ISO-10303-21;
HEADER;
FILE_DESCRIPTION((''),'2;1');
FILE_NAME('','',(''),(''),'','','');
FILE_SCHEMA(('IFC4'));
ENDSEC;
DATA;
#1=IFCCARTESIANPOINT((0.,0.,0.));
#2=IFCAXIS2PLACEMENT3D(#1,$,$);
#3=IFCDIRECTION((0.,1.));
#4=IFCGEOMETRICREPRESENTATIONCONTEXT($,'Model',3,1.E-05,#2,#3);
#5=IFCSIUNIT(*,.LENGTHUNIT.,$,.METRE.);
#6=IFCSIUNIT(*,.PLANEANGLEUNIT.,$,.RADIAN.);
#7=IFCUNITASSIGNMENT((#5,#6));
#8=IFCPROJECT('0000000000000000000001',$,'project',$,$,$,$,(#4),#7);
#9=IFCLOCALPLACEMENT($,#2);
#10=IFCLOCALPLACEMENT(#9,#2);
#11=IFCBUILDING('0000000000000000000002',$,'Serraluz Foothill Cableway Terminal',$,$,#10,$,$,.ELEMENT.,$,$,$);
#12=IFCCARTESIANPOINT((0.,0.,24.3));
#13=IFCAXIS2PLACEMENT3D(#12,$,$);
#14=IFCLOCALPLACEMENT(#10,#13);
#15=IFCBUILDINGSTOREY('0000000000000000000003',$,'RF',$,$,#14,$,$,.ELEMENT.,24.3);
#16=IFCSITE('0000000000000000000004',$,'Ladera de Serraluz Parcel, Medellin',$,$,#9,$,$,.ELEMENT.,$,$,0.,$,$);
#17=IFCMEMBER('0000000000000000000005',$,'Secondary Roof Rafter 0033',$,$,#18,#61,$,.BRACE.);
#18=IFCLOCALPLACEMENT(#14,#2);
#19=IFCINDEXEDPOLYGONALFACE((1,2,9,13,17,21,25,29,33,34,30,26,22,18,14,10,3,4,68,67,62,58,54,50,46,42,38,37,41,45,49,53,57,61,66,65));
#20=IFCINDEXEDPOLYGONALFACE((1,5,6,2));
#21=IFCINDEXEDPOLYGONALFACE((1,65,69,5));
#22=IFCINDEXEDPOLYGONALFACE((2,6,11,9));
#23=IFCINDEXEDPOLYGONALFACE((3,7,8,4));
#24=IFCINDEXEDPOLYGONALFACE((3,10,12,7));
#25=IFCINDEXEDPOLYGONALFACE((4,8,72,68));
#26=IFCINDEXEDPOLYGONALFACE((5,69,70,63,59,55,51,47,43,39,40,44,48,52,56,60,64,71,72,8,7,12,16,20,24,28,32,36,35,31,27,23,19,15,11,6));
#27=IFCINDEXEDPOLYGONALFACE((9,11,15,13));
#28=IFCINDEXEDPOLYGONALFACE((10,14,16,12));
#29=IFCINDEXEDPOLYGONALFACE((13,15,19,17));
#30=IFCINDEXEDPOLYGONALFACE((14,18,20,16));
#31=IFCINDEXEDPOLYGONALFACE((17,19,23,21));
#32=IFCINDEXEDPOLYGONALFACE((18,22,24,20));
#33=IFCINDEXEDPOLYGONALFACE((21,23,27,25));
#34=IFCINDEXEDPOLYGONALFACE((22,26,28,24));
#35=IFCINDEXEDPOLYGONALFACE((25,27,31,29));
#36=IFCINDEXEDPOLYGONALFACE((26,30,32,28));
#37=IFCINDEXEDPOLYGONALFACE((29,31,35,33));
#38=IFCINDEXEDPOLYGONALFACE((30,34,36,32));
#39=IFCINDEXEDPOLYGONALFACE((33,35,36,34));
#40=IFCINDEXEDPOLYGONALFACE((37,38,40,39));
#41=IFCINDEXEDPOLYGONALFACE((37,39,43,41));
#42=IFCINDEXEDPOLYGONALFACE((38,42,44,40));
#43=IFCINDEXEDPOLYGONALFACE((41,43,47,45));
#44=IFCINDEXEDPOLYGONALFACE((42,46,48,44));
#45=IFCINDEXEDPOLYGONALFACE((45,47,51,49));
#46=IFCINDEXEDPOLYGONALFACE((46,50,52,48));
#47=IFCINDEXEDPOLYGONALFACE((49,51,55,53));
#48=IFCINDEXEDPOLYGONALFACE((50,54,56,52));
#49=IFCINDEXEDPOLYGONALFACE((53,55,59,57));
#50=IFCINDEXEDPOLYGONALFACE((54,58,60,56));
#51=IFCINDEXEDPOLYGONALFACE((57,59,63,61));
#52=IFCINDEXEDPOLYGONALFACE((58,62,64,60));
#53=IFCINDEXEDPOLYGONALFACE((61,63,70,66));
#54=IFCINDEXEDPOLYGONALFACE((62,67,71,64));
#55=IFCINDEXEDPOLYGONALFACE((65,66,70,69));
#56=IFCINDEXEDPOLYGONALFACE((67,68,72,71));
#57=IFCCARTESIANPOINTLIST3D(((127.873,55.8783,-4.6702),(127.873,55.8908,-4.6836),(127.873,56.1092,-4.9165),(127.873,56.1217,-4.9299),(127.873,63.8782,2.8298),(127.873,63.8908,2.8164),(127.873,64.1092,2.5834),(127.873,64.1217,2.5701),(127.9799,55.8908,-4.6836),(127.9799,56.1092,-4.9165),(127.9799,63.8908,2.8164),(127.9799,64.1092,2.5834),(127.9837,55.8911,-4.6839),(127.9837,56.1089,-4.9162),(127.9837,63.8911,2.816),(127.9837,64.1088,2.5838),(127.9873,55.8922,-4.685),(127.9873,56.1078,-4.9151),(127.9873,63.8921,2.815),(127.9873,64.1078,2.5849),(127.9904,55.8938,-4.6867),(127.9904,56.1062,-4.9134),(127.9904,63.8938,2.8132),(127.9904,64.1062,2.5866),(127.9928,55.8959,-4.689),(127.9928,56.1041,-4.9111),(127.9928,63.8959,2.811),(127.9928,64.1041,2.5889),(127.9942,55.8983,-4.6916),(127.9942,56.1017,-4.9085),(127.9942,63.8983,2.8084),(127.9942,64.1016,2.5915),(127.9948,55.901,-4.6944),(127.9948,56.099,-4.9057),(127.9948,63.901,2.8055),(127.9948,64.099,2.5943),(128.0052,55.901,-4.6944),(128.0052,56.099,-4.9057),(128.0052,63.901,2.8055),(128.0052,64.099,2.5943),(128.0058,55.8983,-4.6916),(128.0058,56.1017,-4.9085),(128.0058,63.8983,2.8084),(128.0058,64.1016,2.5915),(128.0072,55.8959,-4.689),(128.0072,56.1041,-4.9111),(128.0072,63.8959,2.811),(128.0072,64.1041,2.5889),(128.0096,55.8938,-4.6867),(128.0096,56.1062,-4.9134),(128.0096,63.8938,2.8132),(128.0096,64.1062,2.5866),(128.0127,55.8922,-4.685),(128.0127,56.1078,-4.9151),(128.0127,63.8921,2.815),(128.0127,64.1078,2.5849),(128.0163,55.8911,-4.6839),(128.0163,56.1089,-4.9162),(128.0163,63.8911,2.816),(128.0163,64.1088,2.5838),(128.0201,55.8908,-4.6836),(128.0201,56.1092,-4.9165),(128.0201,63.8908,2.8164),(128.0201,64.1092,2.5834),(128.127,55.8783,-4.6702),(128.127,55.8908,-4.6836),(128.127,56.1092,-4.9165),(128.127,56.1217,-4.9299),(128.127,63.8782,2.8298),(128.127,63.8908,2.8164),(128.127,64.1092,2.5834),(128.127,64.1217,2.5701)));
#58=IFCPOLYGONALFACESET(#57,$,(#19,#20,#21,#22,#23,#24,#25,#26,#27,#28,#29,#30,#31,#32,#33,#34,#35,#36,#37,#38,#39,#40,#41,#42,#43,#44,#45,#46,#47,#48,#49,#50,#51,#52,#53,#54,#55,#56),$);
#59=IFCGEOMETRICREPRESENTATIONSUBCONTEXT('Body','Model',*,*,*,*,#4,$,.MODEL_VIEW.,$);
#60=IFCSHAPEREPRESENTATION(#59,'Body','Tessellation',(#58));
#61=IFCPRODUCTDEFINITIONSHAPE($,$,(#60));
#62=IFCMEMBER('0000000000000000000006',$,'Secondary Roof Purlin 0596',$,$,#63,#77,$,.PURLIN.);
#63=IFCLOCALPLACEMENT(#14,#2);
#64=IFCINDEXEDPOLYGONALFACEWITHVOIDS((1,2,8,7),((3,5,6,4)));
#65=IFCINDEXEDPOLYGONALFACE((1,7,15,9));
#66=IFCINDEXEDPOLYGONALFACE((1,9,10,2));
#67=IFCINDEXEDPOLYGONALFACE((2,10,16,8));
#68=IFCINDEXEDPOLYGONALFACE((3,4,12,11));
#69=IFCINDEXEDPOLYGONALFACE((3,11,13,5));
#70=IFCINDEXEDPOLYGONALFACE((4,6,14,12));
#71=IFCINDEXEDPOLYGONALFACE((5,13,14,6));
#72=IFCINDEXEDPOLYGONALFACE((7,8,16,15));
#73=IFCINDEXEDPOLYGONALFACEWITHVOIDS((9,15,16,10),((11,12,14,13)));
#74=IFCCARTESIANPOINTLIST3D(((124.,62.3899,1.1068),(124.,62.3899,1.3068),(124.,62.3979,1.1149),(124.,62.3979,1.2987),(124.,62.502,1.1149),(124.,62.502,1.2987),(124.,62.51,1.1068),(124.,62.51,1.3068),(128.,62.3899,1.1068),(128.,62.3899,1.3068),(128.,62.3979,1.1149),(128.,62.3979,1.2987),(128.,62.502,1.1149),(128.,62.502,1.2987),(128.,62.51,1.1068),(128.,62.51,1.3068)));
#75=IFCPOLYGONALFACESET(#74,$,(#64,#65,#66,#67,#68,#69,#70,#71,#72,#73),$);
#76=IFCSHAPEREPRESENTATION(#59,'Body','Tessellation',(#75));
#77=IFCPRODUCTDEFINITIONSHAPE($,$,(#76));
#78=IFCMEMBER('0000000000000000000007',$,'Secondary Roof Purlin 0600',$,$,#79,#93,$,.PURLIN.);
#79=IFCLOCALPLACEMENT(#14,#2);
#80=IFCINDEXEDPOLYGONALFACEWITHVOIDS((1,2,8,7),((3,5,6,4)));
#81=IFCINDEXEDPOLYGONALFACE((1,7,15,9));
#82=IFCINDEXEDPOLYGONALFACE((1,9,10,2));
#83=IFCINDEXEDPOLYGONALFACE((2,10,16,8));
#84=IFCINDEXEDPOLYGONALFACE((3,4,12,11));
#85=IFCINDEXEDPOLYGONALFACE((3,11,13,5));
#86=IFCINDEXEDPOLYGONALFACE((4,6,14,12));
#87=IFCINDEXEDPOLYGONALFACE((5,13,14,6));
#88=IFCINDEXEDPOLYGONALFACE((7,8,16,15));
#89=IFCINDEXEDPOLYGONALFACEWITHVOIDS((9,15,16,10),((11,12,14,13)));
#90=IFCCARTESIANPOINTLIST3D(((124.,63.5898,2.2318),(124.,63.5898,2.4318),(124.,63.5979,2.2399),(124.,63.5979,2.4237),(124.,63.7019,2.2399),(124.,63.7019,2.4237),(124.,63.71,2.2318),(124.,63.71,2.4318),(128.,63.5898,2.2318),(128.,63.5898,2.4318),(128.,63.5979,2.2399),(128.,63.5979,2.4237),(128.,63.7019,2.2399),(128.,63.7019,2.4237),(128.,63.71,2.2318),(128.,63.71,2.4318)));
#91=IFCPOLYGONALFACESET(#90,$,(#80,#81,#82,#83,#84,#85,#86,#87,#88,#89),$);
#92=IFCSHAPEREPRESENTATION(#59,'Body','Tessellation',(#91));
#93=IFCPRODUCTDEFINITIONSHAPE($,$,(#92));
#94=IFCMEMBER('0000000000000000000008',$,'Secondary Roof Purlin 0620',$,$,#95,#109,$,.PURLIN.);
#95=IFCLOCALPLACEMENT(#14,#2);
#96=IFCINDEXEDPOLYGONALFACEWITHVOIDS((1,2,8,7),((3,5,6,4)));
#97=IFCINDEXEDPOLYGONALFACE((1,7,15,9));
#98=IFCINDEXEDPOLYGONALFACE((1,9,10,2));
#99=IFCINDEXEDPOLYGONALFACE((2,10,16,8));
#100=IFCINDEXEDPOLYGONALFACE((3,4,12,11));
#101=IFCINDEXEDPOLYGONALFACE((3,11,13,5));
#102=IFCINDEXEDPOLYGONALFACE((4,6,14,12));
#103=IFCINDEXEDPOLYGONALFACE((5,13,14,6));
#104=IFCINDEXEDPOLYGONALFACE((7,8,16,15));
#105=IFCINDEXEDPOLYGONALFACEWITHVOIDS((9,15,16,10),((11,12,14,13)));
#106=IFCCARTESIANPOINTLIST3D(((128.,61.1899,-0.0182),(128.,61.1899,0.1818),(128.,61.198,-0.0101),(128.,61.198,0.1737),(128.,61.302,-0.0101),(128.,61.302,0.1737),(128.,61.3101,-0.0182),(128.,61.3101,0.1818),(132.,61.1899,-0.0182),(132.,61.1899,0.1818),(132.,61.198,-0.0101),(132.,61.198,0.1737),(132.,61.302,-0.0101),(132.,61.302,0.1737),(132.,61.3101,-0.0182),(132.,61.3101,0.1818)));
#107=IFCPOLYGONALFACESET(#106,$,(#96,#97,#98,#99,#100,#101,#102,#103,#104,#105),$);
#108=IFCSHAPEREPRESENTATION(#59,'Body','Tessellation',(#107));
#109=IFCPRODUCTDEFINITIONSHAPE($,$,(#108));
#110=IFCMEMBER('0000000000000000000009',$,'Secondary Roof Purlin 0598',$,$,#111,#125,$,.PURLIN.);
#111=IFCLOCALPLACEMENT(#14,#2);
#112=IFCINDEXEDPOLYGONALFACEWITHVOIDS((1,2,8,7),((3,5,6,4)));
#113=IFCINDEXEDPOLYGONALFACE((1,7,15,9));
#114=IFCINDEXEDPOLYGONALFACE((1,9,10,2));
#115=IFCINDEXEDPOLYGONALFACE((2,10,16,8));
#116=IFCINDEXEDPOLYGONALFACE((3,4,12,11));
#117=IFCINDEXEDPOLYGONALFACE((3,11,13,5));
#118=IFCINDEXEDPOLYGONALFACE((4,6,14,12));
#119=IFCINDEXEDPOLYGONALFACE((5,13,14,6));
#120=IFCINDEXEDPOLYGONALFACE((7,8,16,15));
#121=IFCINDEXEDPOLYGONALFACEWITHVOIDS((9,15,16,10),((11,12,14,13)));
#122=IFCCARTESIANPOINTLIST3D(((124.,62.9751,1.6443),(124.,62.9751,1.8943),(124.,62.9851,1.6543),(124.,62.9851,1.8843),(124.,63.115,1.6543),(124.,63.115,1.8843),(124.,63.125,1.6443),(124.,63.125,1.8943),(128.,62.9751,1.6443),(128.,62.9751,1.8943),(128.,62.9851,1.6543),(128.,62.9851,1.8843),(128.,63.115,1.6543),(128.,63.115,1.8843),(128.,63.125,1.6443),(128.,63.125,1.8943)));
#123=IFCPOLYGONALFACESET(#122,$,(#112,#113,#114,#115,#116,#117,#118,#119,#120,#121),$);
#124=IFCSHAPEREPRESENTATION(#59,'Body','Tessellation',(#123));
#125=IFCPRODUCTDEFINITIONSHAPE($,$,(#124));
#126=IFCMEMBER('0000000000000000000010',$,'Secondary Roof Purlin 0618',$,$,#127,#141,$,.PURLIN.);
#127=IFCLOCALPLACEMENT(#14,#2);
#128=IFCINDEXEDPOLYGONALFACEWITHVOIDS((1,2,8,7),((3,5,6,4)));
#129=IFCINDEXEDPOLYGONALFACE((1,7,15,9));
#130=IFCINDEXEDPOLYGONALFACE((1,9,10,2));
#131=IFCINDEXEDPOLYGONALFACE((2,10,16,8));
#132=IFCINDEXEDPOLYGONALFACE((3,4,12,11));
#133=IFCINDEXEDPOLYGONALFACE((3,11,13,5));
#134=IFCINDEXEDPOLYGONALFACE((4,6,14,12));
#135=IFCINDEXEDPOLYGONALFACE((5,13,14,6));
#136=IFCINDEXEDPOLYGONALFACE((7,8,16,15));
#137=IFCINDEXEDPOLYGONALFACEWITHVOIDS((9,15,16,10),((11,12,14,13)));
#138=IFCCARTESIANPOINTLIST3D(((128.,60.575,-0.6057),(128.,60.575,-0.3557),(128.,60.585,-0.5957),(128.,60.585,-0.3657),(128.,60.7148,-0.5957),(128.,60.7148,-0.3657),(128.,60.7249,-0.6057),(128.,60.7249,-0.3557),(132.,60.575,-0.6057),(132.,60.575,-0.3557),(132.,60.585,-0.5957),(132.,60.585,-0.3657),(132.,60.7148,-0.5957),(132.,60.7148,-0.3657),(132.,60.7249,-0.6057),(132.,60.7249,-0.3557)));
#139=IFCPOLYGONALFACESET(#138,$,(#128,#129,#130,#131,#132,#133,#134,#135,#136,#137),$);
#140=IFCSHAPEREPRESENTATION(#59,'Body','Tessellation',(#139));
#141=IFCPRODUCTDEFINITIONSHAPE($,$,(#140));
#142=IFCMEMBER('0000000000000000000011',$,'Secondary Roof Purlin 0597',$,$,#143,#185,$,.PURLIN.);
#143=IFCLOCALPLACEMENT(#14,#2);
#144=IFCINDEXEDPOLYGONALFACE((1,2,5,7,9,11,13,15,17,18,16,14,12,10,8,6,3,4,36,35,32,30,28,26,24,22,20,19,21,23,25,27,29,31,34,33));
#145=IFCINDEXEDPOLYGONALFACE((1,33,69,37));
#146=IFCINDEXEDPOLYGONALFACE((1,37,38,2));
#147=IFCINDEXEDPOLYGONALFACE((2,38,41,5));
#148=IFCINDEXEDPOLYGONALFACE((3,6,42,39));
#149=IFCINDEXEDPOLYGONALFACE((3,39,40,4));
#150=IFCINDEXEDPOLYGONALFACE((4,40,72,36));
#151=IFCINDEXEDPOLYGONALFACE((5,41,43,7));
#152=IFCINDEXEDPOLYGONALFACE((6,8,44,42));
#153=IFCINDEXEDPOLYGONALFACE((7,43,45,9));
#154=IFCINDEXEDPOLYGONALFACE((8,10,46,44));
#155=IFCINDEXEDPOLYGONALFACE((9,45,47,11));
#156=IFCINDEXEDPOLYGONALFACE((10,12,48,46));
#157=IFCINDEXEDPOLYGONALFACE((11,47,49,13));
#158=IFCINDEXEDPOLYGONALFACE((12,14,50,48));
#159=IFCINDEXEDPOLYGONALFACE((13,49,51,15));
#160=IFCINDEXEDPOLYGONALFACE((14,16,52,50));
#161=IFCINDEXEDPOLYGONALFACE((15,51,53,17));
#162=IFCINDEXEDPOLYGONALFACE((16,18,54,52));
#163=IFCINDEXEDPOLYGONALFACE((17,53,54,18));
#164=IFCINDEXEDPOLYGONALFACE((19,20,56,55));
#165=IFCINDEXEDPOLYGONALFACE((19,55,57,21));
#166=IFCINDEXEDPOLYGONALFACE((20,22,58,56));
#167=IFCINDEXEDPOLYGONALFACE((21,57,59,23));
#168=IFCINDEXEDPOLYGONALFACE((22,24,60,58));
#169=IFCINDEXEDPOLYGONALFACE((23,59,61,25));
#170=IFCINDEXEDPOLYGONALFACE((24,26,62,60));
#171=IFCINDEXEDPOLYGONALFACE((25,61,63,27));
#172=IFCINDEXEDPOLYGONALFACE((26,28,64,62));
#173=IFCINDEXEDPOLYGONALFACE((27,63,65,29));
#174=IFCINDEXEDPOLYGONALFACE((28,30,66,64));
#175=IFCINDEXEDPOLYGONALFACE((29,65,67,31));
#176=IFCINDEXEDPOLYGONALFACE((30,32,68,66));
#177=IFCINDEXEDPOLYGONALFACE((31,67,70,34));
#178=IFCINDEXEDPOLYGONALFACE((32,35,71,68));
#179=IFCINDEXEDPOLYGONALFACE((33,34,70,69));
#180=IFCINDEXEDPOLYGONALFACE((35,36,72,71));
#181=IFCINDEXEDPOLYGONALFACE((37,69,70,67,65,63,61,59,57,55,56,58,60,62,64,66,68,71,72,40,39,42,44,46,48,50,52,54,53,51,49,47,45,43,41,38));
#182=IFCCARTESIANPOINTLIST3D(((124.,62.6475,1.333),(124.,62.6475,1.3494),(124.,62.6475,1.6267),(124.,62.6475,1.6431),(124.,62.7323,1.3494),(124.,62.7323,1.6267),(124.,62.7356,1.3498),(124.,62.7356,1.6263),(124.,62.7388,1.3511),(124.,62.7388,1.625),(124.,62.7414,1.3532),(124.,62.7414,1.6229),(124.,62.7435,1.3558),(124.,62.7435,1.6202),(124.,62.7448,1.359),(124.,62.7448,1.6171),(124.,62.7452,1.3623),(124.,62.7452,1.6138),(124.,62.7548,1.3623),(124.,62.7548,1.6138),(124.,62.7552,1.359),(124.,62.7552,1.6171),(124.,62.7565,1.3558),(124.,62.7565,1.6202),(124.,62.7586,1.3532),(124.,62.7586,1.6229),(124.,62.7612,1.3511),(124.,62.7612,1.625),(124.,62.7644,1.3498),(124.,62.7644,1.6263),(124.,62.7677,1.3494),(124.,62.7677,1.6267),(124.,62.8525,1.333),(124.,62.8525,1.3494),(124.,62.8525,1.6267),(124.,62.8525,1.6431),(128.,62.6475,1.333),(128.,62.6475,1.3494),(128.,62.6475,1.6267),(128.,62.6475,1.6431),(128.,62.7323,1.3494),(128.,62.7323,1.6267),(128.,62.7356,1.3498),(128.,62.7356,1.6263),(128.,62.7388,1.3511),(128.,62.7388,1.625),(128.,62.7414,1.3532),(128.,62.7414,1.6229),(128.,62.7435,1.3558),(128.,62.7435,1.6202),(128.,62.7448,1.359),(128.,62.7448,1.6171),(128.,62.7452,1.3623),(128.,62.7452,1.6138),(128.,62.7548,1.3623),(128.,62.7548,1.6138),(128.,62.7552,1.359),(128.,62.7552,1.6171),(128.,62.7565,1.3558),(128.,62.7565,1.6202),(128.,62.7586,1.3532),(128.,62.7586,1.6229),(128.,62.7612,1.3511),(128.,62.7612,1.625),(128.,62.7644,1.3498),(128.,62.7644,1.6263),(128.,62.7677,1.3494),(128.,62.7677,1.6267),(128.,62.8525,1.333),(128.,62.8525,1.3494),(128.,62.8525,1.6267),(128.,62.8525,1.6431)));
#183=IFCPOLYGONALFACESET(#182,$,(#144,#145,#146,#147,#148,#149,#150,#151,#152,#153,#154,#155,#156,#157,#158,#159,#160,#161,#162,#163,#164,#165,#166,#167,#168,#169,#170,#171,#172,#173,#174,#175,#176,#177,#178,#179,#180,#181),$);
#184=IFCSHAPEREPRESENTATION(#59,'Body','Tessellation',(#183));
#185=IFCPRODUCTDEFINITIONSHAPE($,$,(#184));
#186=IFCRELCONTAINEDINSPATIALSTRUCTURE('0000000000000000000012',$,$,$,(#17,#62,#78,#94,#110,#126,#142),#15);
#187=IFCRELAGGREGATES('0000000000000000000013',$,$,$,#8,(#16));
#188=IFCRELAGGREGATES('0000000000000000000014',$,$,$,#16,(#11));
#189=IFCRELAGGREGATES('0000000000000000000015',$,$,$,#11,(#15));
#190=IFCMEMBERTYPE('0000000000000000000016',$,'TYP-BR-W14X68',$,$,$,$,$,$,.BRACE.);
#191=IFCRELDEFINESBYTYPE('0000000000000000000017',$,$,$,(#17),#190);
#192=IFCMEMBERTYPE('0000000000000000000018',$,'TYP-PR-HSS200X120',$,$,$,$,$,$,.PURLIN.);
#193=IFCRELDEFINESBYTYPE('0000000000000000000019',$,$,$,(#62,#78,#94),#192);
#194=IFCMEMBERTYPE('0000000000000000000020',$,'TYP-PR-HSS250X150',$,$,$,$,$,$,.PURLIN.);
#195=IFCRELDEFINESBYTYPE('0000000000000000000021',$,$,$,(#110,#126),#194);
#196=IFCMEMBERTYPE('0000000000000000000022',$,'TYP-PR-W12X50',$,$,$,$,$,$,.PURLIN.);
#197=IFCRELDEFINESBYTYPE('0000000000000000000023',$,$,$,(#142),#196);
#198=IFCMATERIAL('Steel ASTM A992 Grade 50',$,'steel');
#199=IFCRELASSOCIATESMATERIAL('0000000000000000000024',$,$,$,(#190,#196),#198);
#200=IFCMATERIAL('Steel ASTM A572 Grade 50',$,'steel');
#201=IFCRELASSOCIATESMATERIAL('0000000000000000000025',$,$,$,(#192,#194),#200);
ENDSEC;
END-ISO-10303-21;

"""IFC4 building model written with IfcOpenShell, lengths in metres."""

from ifc_helpers import new_model, si_unit, direction, frame, origin, origin_2d, place, context, subcontext, project, spatial, hollow_rectangle, i_section, extrude, material, material_profile, profile_set, type_object, element, save


model = new_model("IFC4")

# Units and contexts
model_context = context("Model", 3, precision=1e-05, world=origin(), true_north=direction((0.0, 1.0)))
body_context = subcontext(model_context, "Body", "Model", "MODEL_VIEW")
ifc_project = project(units=[si_unit("LENGTHUNIT", "METRE"), si_unit("PLANEANGLEUNIT", "RADIAN")], contexts=[model_context])

# Site, building, storey
site_placement = place(None, origin())
site = spatial("IfcSite", under=ifc_project, at=site_placement, Name="Ladera de Serraluz Parcel, Medellin", CompositionType="ELEMENT", RefElevation=0.0)
building_placement = place(site_placement, origin())
building = spatial("IfcBuilding", under=site, at=building_placement, Name="Serraluz Foothill Cableway Terminal", CompositionType="ELEMENT")
storey_placement = place(building_placement, frame((0.0, 0.0, 24.3)))
storey = spatial("IfcBuildingStorey", under=building, at=storey_placement, Name="RF", CompositionType="ELEMENT", Elevation=24.3)

# Members
ifc_material_1 = material(Name="Steel ASTM A572 Grade 50", Category="steel")
ifc_material_2 = material(Name="Steel ASTM A992 Grade 50", Category="steel")
ifc_material_profile_1 = material_profile(ifc_material_2, i_section(OverallWidth=0.2539, OverallDepth=0.356, WebThickness=0.0105, FlangeThickness=0.0183, FilletRadius=0.0149, at=origin_2d()), Name="W14X68")
ifc_profile_set_1 = profile_set([ifc_material_profile_1], Name="Steel ASTM A992 Grade 50")
member_type_1 = type_object("IfcMemberType", Name="TYP-BR-W14X68", PredefinedType="BRACE", material=ifc_profile_set_1)
member_placement = place(storey_placement, frame((128.0, 56.0, -4.8), z_axis=(0.0, 0.729537, 0.683941), x_axis=(-1.0, 0.0, 0.0)))
element("IfcMember", 1, at=member_placement, inside=storey, type_object=member_type_1, Name="Secondary Roof Rafter 0033", PredefinedType="BRACE", context=body_context, shape_type="SweptSolid", body=[
    extrude(i_section(OverallWidth=0.2539, OverallDepth=0.356, WebThickness=0.0105, FlangeThickness=0.0183, FilletRadius=0.0149, at=origin_2d()), origin(), (0.0, 0.0, 1.0), 10.9658),
])
ifc_material_profile_2 = material_profile(ifc_material_1, hollow_rectangle(XDim=0.1201, YDim=0.2, WallThickness=0.0081, at=origin_2d()), Name="HSS200X120X8")
ifc_profile_set_2 = profile_set([ifc_material_profile_2], Name="Steel ASTM A572 Grade 50")
member_type_2 = type_object("IfcMemberType", Name="TYP-PR-HSS200X120", PredefinedType="PURLIN", material=ifc_profile_set_2)
for number, where, z_axis, x_axis, name in (
    (2, (124.0, 62.45, 1.2068), (1.0, 0.0, 0.0), (0.0, 1.0, 0.0), "Secondary Roof Purlin 0596"),
    (3, (124.0, 63.6499, 2.3318), (1.0, 0.0, 0.0), (0.0, 1.0, 0.0), "Secondary Roof Purlin 0600"),
    (4, (128.0, 61.25, 0.0818), (1.0, 0.0, 0.0), (0.0, 1.0, 0.0), "Secondary Roof Purlin 0620"),
):
    element("IfcMember", number, at=place(storey_placement, frame(where, z_axis=z_axis, x_axis=x_axis)), inside=storey, type_object=member_type_2, Name=name, PredefinedType="PURLIN", context=body_context, shape_type="SweptSolid", body=[
        extrude(hollow_rectangle(XDim=0.1201, YDim=0.2, WallThickness=0.0081, at=origin_2d()), origin(), (0.0, 0.0, 1.0), 4.0),
    ])
ifc_material_profile_3 = material_profile(ifc_material_1, hollow_rectangle(XDim=0.1499, YDim=0.25, WallThickness=0.01, at=origin_2d()), Name="HSS250X150X10")
ifc_profile_set_3 = profile_set([ifc_material_profile_3], Name="Steel ASTM A572 Grade 50")
member_type_3 = type_object("IfcMemberType", Name="TYP-PR-HSS250X150", PredefinedType="PURLIN", material=ifc_profile_set_3)
for number, where, z_axis, x_axis, name in (
    (5, (124.0, 63.05, 1.7693), (1.0, 0.0, 0.0), (0.0, 1.0, 0.0), "Secondary Roof Purlin 0598"),
    (6, (128.0, 60.6499, -0.4807), (1.0, 0.0, 0.0), (0.0, 1.0, 0.0), "Secondary Roof Purlin 0618"),
):
    element("IfcMember", number, at=place(storey_placement, frame(where, z_axis=z_axis, x_axis=x_axis)), inside=storey, type_object=member_type_3, Name=name, PredefinedType="PURLIN", context=body_context, shape_type="SweptSolid", body=[
        extrude(hollow_rectangle(XDim=0.1499, YDim=0.25, WallThickness=0.01, at=origin_2d()), origin(), (0.0, 0.0, 1.0), 4.0),
    ])
ifc_material_profile_4 = material_profile(ifc_material_2, i_section(OverallWidth=0.2051, OverallDepth=0.3101, WebThickness=0.0095, FlangeThickness=0.0164, FilletRadius=0.0129, at=origin_2d()), Name="W12X50")
ifc_profile_set_4 = profile_set([ifc_material_profile_4], Name="Steel ASTM A992 Grade 50")
member_type_4 = type_object("IfcMemberType", Name="TYP-PR-W12X50", PredefinedType="PURLIN", material=ifc_profile_set_4)
for number, where, z_axis, x_axis, name in (
    (7, (124.0, 62.75, 1.488), (1.0, 0.0, 0.0), (0.0, 1.0, 0.0), "Secondary Roof Purlin 0597"),
):
    element("IfcMember", number, at=place(storey_placement, frame(where, z_axis=z_axis, x_axis=x_axis)), inside=storey, type_object=member_type_4, Name=name, PredefinedType="PURLIN", context=body_context, shape_type="SweptSolid", body=[
        extrude(i_section(OverallWidth=0.2051, OverallDepth=0.3101, WebThickness=0.0095, FlangeThickness=0.0164, FilletRadius=0.0129, at=origin_2d()), origin(), (0.0, 0.0, 1.0), 4.0),
    ])

save(model, "model.ifc")
